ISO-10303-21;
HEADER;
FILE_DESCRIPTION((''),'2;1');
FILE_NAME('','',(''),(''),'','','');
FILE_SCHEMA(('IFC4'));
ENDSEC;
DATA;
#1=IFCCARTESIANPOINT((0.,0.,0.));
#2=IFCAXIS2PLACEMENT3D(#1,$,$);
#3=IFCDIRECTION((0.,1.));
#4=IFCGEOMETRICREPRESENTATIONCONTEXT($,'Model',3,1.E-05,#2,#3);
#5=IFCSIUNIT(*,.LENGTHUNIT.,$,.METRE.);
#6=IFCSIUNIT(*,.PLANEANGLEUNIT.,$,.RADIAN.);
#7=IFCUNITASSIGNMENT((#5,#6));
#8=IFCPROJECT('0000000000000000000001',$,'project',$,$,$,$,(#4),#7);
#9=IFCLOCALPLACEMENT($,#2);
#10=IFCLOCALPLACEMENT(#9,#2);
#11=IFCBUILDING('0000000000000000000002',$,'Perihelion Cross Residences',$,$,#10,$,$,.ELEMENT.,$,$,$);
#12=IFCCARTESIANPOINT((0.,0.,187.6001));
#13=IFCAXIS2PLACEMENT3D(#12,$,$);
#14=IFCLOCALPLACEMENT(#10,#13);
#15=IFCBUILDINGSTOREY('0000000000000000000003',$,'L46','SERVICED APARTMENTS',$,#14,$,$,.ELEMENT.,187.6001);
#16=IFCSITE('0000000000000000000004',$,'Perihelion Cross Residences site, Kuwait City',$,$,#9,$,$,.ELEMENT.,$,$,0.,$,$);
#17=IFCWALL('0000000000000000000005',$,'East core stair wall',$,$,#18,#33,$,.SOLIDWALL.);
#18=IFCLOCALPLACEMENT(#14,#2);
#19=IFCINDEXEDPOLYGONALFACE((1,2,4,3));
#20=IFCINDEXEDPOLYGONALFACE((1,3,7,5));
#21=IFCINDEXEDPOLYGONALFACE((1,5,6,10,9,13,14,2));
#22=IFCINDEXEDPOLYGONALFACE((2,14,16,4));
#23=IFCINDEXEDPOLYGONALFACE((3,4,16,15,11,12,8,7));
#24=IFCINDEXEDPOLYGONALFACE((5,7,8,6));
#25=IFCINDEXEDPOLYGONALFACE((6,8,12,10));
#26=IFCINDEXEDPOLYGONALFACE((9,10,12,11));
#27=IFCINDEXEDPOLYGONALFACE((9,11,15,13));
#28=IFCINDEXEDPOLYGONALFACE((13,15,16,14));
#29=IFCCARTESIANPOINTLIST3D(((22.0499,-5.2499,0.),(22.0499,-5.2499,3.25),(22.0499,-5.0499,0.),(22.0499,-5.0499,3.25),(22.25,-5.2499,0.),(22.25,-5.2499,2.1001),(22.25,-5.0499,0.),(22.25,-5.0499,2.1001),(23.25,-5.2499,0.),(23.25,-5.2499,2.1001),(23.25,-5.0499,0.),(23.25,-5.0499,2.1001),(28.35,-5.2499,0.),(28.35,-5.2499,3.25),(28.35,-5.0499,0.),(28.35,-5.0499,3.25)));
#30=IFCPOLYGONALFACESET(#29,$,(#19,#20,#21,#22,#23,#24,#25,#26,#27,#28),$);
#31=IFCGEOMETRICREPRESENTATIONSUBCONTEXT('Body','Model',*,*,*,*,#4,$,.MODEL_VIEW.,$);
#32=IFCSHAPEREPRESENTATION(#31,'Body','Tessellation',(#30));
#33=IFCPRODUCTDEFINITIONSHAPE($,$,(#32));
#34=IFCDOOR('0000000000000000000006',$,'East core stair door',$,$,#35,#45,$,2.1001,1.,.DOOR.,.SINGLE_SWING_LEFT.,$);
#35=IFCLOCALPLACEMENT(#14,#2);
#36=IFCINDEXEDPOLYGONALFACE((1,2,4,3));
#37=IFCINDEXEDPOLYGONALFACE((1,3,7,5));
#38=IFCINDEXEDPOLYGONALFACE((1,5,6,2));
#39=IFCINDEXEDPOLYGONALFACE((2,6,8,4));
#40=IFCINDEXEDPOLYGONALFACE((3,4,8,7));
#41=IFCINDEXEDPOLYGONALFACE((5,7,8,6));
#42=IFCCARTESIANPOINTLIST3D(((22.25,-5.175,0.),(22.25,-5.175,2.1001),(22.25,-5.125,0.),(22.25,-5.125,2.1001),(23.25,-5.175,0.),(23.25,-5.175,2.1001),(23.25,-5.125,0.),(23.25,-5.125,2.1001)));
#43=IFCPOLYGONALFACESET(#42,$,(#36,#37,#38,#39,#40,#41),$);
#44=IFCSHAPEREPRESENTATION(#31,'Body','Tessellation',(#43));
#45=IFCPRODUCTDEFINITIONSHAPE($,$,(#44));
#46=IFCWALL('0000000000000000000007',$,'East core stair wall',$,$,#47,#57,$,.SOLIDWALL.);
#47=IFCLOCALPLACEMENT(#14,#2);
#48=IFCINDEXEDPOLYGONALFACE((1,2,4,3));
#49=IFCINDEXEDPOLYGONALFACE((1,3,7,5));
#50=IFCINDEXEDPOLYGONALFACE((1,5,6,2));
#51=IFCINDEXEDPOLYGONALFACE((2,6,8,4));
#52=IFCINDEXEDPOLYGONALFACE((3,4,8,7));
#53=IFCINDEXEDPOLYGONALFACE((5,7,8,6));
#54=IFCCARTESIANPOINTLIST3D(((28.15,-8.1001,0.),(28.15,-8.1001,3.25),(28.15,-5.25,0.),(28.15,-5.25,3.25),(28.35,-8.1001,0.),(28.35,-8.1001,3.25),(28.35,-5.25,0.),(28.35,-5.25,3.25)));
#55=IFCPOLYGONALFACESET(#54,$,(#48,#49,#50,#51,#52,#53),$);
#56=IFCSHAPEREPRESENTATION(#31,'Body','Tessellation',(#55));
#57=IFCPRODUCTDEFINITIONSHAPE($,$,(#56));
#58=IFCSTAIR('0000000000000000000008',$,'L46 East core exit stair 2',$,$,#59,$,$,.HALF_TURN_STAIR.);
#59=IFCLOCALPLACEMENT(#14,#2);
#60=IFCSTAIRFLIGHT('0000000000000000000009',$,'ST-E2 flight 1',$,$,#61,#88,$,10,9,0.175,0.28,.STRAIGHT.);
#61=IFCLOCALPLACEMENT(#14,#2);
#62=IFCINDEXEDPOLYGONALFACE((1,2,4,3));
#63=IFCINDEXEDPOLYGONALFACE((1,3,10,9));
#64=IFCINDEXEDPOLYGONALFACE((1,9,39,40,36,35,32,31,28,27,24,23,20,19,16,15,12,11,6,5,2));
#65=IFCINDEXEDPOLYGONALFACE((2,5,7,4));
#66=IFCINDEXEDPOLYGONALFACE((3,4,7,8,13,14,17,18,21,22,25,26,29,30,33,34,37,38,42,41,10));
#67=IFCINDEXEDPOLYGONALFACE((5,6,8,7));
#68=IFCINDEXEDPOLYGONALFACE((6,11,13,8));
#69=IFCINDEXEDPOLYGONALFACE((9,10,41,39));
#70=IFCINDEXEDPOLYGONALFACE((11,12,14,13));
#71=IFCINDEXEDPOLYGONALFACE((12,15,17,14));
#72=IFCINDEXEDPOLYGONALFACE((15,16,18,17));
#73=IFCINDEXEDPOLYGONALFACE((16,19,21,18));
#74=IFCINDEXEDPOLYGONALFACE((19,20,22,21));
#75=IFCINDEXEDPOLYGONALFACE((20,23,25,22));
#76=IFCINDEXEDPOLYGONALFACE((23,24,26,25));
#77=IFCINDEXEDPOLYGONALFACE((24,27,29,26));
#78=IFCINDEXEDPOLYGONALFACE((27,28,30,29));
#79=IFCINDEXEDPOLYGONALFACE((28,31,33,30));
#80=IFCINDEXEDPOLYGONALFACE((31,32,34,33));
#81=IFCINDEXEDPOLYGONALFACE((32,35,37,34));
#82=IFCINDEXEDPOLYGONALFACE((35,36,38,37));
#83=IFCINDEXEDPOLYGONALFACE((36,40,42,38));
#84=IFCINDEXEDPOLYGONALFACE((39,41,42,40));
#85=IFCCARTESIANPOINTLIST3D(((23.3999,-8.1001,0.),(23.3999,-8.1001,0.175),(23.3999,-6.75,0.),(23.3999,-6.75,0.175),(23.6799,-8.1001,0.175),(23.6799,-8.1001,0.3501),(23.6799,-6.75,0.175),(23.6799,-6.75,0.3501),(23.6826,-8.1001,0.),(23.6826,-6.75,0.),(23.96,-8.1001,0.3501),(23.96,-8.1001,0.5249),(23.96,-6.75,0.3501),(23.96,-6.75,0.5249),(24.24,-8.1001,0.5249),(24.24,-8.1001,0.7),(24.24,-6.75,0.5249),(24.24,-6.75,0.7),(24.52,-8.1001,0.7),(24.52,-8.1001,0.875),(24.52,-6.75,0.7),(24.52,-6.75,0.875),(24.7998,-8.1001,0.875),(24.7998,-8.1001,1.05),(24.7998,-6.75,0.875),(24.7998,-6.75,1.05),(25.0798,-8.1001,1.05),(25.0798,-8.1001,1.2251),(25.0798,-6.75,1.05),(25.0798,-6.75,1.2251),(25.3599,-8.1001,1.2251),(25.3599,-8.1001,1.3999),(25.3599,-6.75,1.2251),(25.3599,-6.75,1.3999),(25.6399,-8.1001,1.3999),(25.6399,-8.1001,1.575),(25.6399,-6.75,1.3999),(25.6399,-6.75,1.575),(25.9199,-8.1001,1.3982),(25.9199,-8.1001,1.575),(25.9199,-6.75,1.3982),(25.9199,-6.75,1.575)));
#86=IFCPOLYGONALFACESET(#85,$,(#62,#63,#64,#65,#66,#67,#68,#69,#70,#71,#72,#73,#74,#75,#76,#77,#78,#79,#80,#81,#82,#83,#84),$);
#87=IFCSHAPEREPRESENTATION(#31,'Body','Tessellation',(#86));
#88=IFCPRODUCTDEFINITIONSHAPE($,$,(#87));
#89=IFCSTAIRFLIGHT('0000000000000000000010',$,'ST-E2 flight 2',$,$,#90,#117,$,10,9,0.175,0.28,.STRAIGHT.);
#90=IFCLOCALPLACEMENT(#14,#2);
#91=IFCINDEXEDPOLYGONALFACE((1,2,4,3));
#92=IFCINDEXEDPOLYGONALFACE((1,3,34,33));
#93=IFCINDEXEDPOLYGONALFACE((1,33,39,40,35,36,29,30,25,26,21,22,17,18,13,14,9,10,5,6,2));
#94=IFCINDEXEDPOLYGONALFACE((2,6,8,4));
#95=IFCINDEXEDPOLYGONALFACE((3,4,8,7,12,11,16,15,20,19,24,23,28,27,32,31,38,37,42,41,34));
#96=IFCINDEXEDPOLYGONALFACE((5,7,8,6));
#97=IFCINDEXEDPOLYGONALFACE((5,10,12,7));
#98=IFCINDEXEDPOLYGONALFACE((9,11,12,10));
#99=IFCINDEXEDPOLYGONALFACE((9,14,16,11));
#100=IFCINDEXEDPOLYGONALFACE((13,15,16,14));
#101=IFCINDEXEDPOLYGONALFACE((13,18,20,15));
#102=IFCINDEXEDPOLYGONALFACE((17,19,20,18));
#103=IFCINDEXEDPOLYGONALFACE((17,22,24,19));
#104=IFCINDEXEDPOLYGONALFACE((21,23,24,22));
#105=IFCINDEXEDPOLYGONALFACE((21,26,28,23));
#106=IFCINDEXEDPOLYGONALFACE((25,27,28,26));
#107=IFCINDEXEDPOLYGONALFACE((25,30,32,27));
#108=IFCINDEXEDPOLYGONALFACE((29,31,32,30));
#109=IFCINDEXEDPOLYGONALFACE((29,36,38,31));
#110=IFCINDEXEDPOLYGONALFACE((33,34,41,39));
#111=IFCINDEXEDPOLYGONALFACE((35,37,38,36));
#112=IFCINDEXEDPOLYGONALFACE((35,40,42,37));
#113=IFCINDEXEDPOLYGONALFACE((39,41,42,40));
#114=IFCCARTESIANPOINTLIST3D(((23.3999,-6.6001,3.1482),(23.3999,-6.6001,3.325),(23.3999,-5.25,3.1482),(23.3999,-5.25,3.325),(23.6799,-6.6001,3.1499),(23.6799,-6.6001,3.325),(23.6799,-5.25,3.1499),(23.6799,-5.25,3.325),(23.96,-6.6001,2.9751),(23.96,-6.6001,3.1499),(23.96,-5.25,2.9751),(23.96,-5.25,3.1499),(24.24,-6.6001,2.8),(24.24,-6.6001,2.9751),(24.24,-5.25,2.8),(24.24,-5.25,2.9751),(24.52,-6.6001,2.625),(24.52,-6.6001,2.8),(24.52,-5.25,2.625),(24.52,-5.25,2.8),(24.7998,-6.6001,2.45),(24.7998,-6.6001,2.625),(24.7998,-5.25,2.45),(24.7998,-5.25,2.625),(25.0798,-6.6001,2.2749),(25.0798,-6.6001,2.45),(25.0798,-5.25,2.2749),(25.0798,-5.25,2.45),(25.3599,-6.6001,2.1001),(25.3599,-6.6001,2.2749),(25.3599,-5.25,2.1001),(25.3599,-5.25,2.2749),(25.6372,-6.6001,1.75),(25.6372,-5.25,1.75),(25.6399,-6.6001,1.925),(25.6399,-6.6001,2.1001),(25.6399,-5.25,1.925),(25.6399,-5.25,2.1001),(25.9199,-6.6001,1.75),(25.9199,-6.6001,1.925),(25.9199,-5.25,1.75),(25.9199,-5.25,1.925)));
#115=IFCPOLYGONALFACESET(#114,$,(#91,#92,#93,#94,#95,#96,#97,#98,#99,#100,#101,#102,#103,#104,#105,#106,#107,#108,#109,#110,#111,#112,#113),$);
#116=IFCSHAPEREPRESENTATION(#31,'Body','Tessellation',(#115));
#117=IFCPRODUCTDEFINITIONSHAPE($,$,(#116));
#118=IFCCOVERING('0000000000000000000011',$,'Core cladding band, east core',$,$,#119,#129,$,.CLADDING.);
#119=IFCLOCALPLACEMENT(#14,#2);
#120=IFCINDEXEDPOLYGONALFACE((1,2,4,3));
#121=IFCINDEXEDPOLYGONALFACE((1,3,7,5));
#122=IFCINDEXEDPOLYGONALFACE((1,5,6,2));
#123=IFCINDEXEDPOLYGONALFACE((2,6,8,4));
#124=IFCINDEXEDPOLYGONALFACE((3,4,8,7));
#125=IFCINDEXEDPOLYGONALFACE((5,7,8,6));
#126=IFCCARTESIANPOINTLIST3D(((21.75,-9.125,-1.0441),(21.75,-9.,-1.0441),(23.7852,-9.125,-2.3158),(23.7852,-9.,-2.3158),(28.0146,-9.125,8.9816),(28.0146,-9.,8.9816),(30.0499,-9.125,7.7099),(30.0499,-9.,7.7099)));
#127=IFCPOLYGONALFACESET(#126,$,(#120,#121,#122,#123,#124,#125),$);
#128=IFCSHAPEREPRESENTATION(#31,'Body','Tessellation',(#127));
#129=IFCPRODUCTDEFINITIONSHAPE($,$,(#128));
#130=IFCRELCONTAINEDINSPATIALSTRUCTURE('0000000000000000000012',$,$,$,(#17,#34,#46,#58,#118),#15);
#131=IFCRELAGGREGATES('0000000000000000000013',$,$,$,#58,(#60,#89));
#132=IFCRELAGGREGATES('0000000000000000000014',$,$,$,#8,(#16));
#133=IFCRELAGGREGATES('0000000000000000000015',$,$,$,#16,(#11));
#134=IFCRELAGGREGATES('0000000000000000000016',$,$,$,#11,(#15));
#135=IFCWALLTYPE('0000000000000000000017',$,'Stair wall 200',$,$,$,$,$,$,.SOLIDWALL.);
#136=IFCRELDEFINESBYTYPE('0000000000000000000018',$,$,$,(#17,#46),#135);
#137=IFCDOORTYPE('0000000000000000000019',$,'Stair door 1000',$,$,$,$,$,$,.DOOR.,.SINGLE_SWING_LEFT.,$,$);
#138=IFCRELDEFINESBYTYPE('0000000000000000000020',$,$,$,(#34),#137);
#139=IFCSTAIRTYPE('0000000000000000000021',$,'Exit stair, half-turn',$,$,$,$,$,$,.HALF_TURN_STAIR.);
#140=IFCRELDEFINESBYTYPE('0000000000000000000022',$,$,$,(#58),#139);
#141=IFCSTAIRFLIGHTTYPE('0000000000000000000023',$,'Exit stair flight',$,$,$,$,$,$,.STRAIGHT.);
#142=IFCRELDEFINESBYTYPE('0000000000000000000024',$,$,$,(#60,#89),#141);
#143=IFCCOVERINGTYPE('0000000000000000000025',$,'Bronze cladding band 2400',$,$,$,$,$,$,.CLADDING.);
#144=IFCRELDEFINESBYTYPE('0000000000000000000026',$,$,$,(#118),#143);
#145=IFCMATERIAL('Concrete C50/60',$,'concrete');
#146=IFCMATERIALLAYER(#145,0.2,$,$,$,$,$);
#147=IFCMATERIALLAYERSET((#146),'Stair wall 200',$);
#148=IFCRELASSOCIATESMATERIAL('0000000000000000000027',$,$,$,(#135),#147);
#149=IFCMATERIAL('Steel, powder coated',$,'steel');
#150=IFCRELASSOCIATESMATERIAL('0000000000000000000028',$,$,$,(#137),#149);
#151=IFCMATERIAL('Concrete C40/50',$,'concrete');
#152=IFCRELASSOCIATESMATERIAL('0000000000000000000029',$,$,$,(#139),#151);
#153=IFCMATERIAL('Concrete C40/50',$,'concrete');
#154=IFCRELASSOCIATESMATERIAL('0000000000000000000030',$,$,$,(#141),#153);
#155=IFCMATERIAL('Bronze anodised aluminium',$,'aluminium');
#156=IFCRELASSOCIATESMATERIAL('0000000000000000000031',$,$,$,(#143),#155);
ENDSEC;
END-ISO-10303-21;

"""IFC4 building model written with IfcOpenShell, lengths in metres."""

from ifc_helpers import new_model, si_unit, direction, frame, frame_2d, origin, origin_2d, place, context, subcontext, project, spatial, polyline, rectangle, outline, extrude, material, layer, layer_set, material_profile, profile_set, type_object, element, fill, aggregate, save


model = new_model("IFC4")

# Units and contexts
model_context = context("Model", 3, precision=1e-05, world=origin(), true_north=direction((0.0, 1.0)))
body_context = subcontext(model_context, "Body", "Model", "MODEL_VIEW")
ifc_project = project(units=[si_unit("LENGTHUNIT", "METRE"), si_unit("PLANEANGLEUNIT", "RADIAN")], contexts=[model_context])

# Site, building, storey
site_placement = place(None, origin())
site = spatial("IfcSite", under=ifc_project, at=site_placement, Name="Perihelion Cross Residences site, Kuwait City", CompositionType="ELEMENT", RefElevation=0.0)
building_placement = place(site_placement, origin())
building = spatial("IfcBuilding", under=site, at=building_placement, Name="Perihelion Cross Residences", CompositionType="ELEMENT")
storey_placement = place(building_placement, frame((0.0, 0.0, 187.6001)))
storey = spatial("IfcBuildingStorey", under=building, at=storey_placement, Name="L46", Description="SERVICED APARTMENTS", CompositionType="ELEMENT", Elevation=187.6001)

# Wall, opening, door
ifc_material_1 = material(Name="Concrete C50/60", Category="concrete")
ifc_layer_1 = layer(ifc_material_1, 0.2)
ifc_layer_set_1 = layer_set([ifc_layer_1], Name="Stair wall 200")
wall_type_1 = type_object("IfcWallType", Name="Stair wall 200", PredefinedType="SOLIDWALL", material=ifc_layer_set_1)
wall_1_placement = place(storey_placement, frame((22.05, -5.1499, 0.0), z_axis=(0.0, 0.0, 1.0), x_axis=(1.0, 0.0, 0.0)))
wall_1 = element("IfcWall", 1, at=wall_1_placement, inside=storey, type_object=wall_type_1, Name="East core stair wall", PredefinedType="SOLIDWALL", context=body_context, shape_type="SweptSolid", body=[
    extrude(rectangle(XDim=6.3, YDim=0.2, at=frame_2d((3.1499, 0.0))), origin(), (0.0, 0.0, 1.0), 3.25),
])
opening_1_placement = place(wall_1_placement, frame((0.2, 0.0, 0.0)))
opening_1 = element("IfcOpeningElement", 2, at=opening_1_placement, cuts=wall_1, PredefinedType="OPENING", context=body_context, shape_type="SweptSolid", body=[
    extrude(rectangle(XDim=1.0, YDim=2.1001, at=frame_2d((0.5, 1.05))), frame((0.0, 0.1099, 0.0), z_axis=(0.0, -1.0, 0.0), x_axis=(1.0, 0.0, 0.0)), (0.0, 0.0, 1.0), 0.22),
])
ifc_material_2 = material(Name="Steel, powder coated", Category="steel")
door_type_1 = type_object("IfcDoorType", Name="Stair door 1000", OperationType="SINGLE_SWING_LEFT", PredefinedType="DOOR", material=ifc_material_2)
door_1_placement = place(opening_1_placement, origin())
door_1 = element("IfcDoor", 3, at=door_1_placement, inside=storey, type_object=door_type_1, Name="East core stair door", OperationType="SINGLE_SWING_LEFT", OverallHeight=2.1001, OverallWidth=1.0, PredefinedType="DOOR", context=body_context, shape_type="SweptSolid", body=[
    extrude(rectangle(XDim=1.0, YDim=2.1001, at=frame_2d((0.5, 1.05))), frame((0.0, 0.0249, 0.0), z_axis=(0.0, -1.0, 0.0), x_axis=(1.0, 0.0, 0.0)), (0.0, 0.0, 1.0), 0.05),
])
fill(opening_1, door_1)

# Wall
wall_2_placement = place(storey_placement, frame((28.25, -8.1001, 0.0), z_axis=(0.0, 0.0, 1.0), x_axis=(0.0, 1.0, 0.0)))
element("IfcWall", 4, at=wall_2_placement, inside=storey, type_object=wall_type_1, Name="East core stair wall", PredefinedType="SOLIDWALL", context=body_context, shape_type="SweptSolid", body=[
    extrude(rectangle(XDim=2.8501, YDim=0.2, at=frame_2d((1.425, 0.0))), origin(), (0.0, 0.0, 1.0), 3.25),
])

# Stair, stair flights
ifc_material_3 = material(Name="Concrete C40/50", Category="concrete")
stair_type = type_object("IfcStairType", Name="Exit stair, half-turn", PredefinedType="HALF_TURN_STAIR", material=ifc_material_3)
stair_placement = place(storey_placement, origin())
stair = element("IfcStair", 5, at=stair_placement, inside=storey, type_object=stair_type, Name="L46 East core exit stair 2", PredefinedType="HALF_TURN_STAIR")
ifc_material_4 = material(Name="Concrete C40/50", Category="concrete")
stair_flight_type = type_object("IfcStairFlightType", Name="Exit stair flight", PredefinedType="STRAIGHT", material=ifc_material_4)
stair_flight_1_placement = place(storey_placement, frame((23.3999, -7.425, 0.0), z_axis=(0.0, 0.0, 1.0), x_axis=(1.0, 0.0, 0.0)))
stair_flight_1 = element("IfcStairFlight", 6, at=stair_flight_1_placement, type_object=stair_flight_type, Name="ST-E2 flight 1", NumberOfRisers=10, NumberOfTreads=9, PredefinedType="STRAIGHT", RiserHeight=0.175, TreadLength=0.28, context=body_context, shape_type="SweptSolid", body=[
    extrude(outline(polyline([(0.0, 0.0), (0.0, 0.175), (0.28, 0.175), (0.28, 0.3501), (0.5601, 0.3501), (0.5601, 0.5249), (0.8401, 0.5249), (0.8401, 0.7), (1.1201, 0.7), (1.1201, 0.875), (1.3999, 0.875), (1.3999, 1.05), (1.6799, 1.05), (1.6799, 1.2251), (1.96, 1.2251), (1.96, 1.3999), (2.24, 1.3999), (2.24, 1.575), (2.52, 1.575), (2.52, 1.75), (2.52, 1.3982), (0.2827, 0.0), (0.0, 0.0)])), frame((0.0, 0.675, 0.0), z_axis=(0.0, -1.0, 0.0), x_axis=(1.0, 0.0, 0.0)), (0.0, 0.0, 1.0), 1.3501),
])
stair_flight_2_placement = place(storey_placement, frame((25.9199, -5.925, 1.75), z_axis=(0.0, 0.0, 1.0), x_axis=(-1.0, 0.0, 0.0)))
stair_flight_2 = element("IfcStairFlight", 7, at=stair_flight_2_placement, type_object=stair_flight_type, Name="ST-E2 flight 2", NumberOfRisers=10, NumberOfTreads=9, PredefinedType="STRAIGHT", RiserHeight=0.175, TreadLength=0.28, context=body_context, shape_type="SweptSolid", body=[
    extrude(outline(polyline([(0.0, 0.0), (0.0, 0.175), (0.28, 0.175), (0.28, 0.3501), (0.5601, 0.3501), (0.5601, 0.5249), (0.8401, 0.5249), (0.8401, 0.7), (1.1201, 0.7), (1.1201, 0.875), (1.3999, 0.875), (1.3999, 1.05), (1.6799, 1.05), (1.6799, 1.2251), (1.96, 1.2251), (1.96, 1.3999), (2.24, 1.3999), (2.24, 1.575), (2.52, 1.575), (2.52, 1.75), (2.52, 1.3982), (0.2827, 0.0), (0.0, 0.0)])), frame((0.0, 0.675, 0.0), z_axis=(0.0, -1.0, 0.0), x_axis=(1.0, 0.0, 0.0)), (0.0, 0.0, 1.0), 1.3501),
])
aggregate(stair, [stair_flight_1, stair_flight_2])

# Covering
ifc_material_5 = material(Name="Bronze anodised aluminium", Category="aluminium")
ifc_material_profile = material_profile(ifc_material_5, rectangle(XDim=0.125, YDim=2.3999, at=origin_2d()), Name="Bronze cladding band 2400")
ifc_profile_set = profile_set([ifc_material_profile], Name="Bronze anodised aluminium")
covering_type = type_object("IfcCoveringType", Name="Bronze cladding band 2400", PredefinedType="CLADDING", material=ifc_profile_set)
covering_placement = place(storey_placement, frame((22.7676, -9.0625, -1.6799), z_axis=(0.529915, 0.0, 0.848051), x_axis=(0.0, 1.0, 0.0)))
element("IfcCovering", 8, at=covering_placement, inside=storey, type_object=covering_type, Name="Core cladding band, east core", PredefinedType="CLADDING", context=body_context, shape_type="SweptSolid", body=[
    extrude(rectangle(XDim=0.125, YDim=2.3999, at=origin_2d()), origin(), (0.0, 0.0, 1.0), 11.822),
])

save(model, "model.ifc")
